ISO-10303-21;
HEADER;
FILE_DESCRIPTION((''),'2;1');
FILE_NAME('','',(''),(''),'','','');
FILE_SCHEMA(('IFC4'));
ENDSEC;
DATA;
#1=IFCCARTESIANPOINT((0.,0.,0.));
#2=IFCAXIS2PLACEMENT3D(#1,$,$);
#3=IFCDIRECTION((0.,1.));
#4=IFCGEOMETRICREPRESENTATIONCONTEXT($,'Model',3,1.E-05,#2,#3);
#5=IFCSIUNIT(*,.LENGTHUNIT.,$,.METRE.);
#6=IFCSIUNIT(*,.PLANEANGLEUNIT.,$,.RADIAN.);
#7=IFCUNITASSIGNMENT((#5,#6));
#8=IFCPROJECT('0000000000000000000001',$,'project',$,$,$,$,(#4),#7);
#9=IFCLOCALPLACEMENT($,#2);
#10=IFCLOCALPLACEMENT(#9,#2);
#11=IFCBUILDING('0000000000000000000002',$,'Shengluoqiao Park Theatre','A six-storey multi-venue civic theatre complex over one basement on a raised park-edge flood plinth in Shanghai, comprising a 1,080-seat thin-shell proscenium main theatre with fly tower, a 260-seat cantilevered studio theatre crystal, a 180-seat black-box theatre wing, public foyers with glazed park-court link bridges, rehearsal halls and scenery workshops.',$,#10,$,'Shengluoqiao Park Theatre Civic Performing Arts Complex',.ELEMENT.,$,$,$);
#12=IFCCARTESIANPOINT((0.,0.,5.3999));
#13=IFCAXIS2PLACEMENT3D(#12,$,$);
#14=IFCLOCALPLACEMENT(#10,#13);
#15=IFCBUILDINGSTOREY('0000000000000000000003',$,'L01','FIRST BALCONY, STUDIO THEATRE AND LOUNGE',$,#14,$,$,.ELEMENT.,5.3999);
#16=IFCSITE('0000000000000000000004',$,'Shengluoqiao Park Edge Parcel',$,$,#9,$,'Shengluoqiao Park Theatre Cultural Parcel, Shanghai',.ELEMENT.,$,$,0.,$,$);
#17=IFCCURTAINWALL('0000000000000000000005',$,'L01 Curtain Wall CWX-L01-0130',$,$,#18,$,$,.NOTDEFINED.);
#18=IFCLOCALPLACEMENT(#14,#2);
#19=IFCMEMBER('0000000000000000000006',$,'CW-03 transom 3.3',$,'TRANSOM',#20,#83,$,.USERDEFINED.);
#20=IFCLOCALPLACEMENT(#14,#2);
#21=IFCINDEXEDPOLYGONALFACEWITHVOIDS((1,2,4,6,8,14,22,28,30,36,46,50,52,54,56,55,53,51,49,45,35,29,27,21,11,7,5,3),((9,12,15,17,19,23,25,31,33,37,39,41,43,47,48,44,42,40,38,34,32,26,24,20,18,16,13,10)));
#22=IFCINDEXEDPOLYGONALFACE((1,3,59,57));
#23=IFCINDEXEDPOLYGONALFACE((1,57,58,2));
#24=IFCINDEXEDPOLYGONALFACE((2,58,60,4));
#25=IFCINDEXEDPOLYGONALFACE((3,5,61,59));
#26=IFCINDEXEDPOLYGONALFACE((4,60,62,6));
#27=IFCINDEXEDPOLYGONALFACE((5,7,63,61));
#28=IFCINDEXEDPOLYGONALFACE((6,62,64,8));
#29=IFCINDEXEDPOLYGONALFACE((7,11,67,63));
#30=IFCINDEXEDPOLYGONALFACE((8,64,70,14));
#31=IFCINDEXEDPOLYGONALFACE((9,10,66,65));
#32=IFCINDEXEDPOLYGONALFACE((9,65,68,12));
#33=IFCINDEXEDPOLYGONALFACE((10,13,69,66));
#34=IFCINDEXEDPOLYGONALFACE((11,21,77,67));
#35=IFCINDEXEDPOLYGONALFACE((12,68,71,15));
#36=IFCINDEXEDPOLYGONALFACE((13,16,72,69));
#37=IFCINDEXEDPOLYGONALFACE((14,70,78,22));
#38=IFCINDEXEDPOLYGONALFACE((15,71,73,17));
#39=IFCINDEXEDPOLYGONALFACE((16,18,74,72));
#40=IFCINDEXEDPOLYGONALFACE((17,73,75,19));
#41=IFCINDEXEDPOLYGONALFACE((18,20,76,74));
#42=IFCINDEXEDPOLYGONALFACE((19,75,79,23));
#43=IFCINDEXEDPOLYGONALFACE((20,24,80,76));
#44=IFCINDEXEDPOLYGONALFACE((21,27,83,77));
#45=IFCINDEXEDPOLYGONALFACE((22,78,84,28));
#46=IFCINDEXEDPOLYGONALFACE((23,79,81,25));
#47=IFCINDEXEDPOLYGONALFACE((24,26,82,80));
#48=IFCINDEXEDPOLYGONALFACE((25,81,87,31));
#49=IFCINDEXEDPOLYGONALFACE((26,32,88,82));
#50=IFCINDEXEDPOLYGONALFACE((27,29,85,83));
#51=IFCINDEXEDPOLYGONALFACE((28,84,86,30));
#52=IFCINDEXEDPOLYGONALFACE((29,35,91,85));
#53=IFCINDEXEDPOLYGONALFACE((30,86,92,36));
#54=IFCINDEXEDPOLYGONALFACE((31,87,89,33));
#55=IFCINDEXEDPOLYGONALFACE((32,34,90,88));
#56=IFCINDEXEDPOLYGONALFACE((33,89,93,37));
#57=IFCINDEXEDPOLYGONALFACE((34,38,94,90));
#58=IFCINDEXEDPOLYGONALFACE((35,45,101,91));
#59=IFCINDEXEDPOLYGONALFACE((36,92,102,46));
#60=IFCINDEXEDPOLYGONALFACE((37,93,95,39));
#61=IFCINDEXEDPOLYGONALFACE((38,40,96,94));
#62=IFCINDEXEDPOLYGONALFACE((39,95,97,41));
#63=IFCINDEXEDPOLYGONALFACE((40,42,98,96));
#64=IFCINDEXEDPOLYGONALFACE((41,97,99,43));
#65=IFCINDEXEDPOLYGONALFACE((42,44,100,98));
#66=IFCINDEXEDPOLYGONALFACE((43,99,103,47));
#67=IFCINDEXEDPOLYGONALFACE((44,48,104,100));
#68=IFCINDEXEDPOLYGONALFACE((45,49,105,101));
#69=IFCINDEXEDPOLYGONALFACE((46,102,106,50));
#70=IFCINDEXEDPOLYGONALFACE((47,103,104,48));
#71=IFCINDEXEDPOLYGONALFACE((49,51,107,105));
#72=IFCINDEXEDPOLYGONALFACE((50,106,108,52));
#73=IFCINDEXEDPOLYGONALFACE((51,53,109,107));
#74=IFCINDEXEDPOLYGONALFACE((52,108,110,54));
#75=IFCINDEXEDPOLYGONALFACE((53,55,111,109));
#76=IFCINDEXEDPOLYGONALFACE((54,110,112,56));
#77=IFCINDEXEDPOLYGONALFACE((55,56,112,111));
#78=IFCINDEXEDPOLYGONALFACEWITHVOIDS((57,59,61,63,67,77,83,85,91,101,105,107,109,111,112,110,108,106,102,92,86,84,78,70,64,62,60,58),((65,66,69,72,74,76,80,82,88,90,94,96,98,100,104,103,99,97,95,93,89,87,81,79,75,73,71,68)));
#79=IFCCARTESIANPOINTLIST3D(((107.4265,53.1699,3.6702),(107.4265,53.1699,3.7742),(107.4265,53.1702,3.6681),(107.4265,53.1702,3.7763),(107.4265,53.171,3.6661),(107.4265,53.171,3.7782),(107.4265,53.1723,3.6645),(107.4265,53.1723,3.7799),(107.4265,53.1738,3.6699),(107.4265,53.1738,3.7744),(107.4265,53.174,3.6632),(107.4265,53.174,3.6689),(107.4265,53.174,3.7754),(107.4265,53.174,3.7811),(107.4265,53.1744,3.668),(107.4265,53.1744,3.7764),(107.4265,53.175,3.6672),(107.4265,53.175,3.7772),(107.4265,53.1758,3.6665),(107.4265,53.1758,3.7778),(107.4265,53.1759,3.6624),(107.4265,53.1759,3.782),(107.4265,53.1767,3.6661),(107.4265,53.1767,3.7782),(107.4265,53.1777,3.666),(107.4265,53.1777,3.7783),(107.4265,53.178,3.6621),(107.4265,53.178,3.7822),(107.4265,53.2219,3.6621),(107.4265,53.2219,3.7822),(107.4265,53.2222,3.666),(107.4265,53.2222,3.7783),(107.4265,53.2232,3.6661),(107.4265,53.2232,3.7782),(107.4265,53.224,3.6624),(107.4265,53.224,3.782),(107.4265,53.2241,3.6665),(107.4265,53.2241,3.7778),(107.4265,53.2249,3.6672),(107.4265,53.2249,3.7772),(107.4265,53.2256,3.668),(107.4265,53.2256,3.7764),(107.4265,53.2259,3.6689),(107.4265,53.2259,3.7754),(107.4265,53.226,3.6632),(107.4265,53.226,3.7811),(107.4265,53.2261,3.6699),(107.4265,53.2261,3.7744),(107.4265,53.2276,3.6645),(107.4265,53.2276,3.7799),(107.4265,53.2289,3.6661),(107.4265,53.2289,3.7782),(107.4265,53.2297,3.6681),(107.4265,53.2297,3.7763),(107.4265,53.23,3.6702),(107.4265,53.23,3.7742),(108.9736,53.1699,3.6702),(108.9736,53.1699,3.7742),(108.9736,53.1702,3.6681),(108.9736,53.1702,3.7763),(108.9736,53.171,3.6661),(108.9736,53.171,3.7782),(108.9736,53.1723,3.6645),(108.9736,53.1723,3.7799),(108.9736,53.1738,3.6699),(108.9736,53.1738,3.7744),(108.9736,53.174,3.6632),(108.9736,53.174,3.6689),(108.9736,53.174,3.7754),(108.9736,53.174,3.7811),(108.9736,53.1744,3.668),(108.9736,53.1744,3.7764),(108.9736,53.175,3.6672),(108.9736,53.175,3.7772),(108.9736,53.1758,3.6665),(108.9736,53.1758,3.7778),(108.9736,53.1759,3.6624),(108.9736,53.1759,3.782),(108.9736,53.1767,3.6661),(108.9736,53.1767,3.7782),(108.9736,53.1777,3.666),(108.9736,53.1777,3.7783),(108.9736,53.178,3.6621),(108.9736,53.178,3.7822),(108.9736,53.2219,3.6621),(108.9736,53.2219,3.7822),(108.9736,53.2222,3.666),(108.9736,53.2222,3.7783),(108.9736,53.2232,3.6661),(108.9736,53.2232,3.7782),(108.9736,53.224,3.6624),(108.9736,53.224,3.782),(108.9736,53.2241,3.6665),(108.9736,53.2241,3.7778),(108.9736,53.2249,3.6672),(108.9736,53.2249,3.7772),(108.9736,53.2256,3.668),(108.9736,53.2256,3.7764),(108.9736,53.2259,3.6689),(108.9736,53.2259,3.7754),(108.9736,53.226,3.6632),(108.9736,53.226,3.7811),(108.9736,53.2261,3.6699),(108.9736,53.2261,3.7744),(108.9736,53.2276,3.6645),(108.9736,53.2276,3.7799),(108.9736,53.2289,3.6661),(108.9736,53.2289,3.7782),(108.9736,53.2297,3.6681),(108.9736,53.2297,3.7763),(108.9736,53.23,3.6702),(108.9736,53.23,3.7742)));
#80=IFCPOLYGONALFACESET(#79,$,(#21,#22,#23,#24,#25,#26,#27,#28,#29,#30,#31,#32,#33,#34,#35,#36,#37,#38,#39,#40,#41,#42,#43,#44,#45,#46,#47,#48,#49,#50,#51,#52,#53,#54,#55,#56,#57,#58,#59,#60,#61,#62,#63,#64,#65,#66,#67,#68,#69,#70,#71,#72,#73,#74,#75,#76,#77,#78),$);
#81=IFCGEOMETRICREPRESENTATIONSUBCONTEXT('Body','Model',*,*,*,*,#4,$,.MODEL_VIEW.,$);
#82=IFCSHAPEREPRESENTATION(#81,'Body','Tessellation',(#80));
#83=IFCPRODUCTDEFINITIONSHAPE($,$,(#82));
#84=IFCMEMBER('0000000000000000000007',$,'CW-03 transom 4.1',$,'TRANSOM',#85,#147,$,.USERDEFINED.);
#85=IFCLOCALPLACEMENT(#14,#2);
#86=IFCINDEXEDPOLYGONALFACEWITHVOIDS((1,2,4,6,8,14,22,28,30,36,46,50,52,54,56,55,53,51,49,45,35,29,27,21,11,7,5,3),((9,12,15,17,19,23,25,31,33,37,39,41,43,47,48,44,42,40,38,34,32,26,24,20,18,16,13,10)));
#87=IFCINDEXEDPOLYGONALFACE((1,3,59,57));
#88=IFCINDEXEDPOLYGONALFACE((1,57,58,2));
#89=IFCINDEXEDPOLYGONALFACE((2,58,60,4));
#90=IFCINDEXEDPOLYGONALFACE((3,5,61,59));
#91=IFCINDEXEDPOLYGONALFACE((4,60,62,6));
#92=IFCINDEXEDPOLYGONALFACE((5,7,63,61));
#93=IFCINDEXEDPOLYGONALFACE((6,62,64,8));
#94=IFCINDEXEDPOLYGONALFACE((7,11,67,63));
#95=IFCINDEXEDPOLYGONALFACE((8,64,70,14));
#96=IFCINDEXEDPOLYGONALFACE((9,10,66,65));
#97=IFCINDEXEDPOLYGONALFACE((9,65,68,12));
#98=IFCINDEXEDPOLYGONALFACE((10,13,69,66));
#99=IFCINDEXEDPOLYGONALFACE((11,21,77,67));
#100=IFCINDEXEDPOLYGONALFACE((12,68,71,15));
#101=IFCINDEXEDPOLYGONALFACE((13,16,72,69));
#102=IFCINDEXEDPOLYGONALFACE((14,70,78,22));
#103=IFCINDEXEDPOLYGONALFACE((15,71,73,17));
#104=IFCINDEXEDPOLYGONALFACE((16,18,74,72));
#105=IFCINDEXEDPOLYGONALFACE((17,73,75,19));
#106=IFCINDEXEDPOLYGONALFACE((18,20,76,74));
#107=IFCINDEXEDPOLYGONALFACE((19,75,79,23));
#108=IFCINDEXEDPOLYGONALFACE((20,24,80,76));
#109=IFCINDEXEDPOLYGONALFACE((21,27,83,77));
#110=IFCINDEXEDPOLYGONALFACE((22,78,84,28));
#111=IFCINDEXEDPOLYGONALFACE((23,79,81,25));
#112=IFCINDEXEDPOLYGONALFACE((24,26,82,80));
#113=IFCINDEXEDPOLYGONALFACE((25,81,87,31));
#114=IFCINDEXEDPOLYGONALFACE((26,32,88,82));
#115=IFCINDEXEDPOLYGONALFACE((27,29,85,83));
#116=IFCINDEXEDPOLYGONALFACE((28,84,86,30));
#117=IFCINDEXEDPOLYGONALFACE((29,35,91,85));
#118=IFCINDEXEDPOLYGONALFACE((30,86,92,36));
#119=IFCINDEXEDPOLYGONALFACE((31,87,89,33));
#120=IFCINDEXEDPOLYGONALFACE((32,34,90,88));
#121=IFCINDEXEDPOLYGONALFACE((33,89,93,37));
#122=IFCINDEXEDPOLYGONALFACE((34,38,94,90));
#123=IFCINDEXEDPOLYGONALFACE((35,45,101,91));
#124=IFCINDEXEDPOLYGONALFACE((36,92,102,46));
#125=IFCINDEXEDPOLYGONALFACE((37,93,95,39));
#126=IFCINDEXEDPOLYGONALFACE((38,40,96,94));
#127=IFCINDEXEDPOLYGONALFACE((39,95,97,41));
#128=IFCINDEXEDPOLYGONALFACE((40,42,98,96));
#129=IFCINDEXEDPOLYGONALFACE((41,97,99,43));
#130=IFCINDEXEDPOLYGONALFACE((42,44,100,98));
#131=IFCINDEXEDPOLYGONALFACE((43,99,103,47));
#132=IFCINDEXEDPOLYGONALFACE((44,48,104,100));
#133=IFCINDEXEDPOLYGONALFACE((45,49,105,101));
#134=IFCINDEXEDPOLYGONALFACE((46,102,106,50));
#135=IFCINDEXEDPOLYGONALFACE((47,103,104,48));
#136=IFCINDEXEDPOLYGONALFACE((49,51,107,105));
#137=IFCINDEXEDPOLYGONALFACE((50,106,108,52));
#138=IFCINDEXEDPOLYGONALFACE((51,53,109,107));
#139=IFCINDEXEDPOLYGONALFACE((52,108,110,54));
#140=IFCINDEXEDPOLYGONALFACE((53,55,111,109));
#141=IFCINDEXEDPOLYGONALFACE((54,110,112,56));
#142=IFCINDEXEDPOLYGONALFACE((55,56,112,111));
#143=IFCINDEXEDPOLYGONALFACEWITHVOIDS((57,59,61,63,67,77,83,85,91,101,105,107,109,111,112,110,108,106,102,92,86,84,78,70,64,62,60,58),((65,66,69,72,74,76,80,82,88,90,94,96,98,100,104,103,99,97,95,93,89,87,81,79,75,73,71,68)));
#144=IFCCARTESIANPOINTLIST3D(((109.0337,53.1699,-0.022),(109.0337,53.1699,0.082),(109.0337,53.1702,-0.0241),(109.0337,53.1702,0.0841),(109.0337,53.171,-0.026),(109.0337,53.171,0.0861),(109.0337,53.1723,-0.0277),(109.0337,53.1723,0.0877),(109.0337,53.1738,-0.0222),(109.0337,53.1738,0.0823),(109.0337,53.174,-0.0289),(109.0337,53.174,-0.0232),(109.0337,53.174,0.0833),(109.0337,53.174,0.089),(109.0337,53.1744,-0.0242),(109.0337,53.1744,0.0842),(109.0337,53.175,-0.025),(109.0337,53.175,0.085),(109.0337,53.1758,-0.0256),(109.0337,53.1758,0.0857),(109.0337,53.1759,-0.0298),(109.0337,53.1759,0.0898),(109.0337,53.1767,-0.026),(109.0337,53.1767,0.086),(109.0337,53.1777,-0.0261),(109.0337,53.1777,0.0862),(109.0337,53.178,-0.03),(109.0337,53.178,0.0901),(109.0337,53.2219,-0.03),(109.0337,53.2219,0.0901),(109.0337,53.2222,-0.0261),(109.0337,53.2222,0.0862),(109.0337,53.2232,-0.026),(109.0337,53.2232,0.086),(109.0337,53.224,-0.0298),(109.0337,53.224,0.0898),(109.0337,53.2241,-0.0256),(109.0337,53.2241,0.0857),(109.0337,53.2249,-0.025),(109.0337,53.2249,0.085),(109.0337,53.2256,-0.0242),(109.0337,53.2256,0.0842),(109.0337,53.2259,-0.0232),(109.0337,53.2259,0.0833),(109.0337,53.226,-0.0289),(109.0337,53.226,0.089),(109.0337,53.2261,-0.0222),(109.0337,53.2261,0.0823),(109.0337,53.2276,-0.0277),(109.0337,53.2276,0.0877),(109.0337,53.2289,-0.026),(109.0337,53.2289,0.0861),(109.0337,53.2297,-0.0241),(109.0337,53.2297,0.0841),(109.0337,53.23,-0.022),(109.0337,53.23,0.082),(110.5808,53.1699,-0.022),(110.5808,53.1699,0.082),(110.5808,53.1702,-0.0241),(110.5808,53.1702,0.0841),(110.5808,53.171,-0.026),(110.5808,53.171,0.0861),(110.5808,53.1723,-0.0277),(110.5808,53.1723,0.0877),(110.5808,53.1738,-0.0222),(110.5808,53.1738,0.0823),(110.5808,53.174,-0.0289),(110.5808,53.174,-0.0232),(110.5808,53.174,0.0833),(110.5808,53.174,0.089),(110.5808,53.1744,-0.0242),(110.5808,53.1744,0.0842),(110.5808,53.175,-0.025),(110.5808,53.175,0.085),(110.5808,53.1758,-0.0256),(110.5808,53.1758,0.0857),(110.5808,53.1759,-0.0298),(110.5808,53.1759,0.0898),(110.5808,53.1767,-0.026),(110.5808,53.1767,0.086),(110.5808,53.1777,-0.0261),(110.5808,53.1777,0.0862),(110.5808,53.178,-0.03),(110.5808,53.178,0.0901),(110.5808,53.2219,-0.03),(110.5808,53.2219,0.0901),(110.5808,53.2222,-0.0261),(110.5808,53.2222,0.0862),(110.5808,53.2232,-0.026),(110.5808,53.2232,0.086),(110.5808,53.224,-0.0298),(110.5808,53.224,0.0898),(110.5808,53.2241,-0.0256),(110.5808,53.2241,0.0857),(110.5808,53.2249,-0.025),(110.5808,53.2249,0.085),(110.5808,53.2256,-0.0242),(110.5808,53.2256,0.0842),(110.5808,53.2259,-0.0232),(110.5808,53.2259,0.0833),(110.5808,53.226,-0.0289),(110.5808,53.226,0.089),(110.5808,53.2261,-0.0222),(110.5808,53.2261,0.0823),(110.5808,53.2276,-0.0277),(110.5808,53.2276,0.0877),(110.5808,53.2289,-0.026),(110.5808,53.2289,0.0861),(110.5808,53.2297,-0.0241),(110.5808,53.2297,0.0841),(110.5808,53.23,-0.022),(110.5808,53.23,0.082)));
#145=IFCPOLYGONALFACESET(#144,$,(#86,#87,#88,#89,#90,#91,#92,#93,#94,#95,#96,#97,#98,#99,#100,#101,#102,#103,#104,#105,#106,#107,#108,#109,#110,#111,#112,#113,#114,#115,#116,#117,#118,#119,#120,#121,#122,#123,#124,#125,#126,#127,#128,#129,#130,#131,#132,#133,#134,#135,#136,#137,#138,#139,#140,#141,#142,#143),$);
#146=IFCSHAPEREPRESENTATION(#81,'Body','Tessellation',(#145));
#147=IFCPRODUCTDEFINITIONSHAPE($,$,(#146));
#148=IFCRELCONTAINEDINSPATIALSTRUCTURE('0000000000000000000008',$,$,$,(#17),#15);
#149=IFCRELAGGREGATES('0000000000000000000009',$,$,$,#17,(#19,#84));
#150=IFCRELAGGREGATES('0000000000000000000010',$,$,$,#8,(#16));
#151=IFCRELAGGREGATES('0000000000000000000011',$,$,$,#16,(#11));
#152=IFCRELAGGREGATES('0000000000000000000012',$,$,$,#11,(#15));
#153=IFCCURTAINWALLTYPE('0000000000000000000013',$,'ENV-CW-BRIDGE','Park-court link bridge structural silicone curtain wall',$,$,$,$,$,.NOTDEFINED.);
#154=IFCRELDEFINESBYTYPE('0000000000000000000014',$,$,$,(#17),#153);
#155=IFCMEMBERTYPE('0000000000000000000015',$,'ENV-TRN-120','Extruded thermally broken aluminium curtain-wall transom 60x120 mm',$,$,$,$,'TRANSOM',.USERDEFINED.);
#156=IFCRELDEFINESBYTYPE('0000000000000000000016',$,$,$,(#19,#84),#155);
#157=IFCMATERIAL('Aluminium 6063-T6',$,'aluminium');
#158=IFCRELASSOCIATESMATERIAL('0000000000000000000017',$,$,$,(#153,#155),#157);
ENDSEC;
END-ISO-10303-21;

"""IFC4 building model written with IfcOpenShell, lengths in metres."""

from ifc_helpers import new_model, si_unit, direction, frame, origin, origin_2d, place, context, subcontext, project, spatial, hollow_rectangle, extrude, material, material_profile, profile_set, type_object, element, aggregate, save


model = new_model("IFC4")

# Units and contexts
model_context = context("Model", 3, precision=1e-05, world=origin(), true_north=direction((0.0, 1.0)))
body_context = subcontext(model_context, "Body", "Model", "MODEL_VIEW")
ifc_project = project(units=[si_unit("LENGTHUNIT", "METRE"), si_unit("PLANEANGLEUNIT", "RADIAN")], contexts=[model_context])

# Site, building, storey
site_placement = place(None, origin())
site = spatial("IfcSite", under=ifc_project, at=site_placement, Name="Shengluoqiao Park Edge Parcel", LongName="Shengluoqiao Park Theatre Cultural Parcel, Shanghai", CompositionType="ELEMENT", RefElevation=0.0)
building_placement = place(site_placement, origin())
building = spatial("IfcBuilding", under=site, at=building_placement, Name="Shengluoqiao Park Theatre", Description="A six-storey multi-venue civic theatre complex over one basement on a raised park-edge flood plinth in Shanghai, comprising a 1,080-seat thin-shell proscenium main theatre with fly tower, a 260-seat cantilevered studio theatre crystal, a 180-seat black-box theatre wing, public foyers with glazed park-court link bridges, rehearsal halls and scenery workshops.", LongName="Shengluoqiao Park Theatre Civic Performing Arts Complex", CompositionType="ELEMENT")
storey_placement = place(building_placement, frame((0.0, 0.0, 5.3999)))
storey = spatial("IfcBuildingStorey", under=building, at=storey_placement, Name="L01", Description="FIRST BALCONY, STUDIO THEATRE AND LOUNGE", CompositionType="ELEMENT", Elevation=5.3999)

# Shared definitions
ifc_material_1 = material(Name="Aluminium 6063-T6", Category="aluminium")
curtain_wall_type = type_object("IfcCurtainWallType", Name="ENV-CW-BRIDGE", Description="Park-court link bridge structural silicone curtain wall", PredefinedType="NOTDEFINED", material=ifc_material_1)

# Curtain wall
curtain_wall_1_placement = place(storey_placement, origin())
curtain_wall_1 = element("IfcCurtainWall", 1, at=curtain_wall_1_placement, inside=storey, type_object=curtain_wall_type, Name="L01 Curtain Wall CWX-L01-0130", PredefinedType="NOTDEFINED")

# Members
ifc_material_profile_1 = material_profile(ifc_material_1, hollow_rectangle(XDim=0.0601, YDim=0.1201, WallThickness=0.0039, InnerFilletRadius=0.0039, OuterFilletRadius=0.0081, at=origin_2d()), Name="ALU TRANSOM 120x60x4")
ifc_profile_set_1 = profile_set([ifc_material_profile_1], Name="Aluminium 6063-T6")
member_type_1 = type_object("IfcMemberType", Name="ENV-TRN-120", Description="Extruded thermally broken aluminium curtain-wall transom 60x120 mm", ElementType="TRANSOM", PredefinedType="USERDEFINED", material=ifc_profile_set_1)
member_1_placement = place(storey_placement, frame((107.4265, 53.2, 3.7222), z_axis=(1.0, 0.0, 0.0), x_axis=(0.0, 1.0, 0.0)))
member_1 = element("IfcMember", 2, at=member_1_placement, type_object=member_type_1, Name="CW-03 transom 3.3", ObjectType="TRANSOM", PredefinedType="USERDEFINED", context=body_context, shape_type="SweptSolid", body=[
    extrude(hollow_rectangle(XDim=0.0601, YDim=0.1201, WallThickness=0.0039, InnerFilletRadius=0.0039, OuterFilletRadius=0.0081, at=origin_2d()), origin(), (0.0, 0.0, 1.0), 1.5471),
])
member_2_placement = place(storey_placement, frame((109.0337, 53.2, 0.03), z_axis=(1.0, 0.0, 0.0), x_axis=(0.0, 1.0, 0.0)))
member_2 = element("IfcMember", 3, at=member_2_placement, type_object=member_type_1, Name="CW-03 transom 4.1", ObjectType="TRANSOM", PredefinedType="USERDEFINED", context=body_context, shape_type="SweptSolid", body=[
    extrude(hollow_rectangle(XDim=0.0601, YDim=0.1201, WallThickness=0.0039, InnerFilletRadius=0.0039, OuterFilletRadius=0.0081, at=origin_2d()), origin(), (0.0, 0.0, 1.0), 1.5471),
])

aggregate(curtain_wall_1, [member_1, member_2])

save(model, "model.ifc")
